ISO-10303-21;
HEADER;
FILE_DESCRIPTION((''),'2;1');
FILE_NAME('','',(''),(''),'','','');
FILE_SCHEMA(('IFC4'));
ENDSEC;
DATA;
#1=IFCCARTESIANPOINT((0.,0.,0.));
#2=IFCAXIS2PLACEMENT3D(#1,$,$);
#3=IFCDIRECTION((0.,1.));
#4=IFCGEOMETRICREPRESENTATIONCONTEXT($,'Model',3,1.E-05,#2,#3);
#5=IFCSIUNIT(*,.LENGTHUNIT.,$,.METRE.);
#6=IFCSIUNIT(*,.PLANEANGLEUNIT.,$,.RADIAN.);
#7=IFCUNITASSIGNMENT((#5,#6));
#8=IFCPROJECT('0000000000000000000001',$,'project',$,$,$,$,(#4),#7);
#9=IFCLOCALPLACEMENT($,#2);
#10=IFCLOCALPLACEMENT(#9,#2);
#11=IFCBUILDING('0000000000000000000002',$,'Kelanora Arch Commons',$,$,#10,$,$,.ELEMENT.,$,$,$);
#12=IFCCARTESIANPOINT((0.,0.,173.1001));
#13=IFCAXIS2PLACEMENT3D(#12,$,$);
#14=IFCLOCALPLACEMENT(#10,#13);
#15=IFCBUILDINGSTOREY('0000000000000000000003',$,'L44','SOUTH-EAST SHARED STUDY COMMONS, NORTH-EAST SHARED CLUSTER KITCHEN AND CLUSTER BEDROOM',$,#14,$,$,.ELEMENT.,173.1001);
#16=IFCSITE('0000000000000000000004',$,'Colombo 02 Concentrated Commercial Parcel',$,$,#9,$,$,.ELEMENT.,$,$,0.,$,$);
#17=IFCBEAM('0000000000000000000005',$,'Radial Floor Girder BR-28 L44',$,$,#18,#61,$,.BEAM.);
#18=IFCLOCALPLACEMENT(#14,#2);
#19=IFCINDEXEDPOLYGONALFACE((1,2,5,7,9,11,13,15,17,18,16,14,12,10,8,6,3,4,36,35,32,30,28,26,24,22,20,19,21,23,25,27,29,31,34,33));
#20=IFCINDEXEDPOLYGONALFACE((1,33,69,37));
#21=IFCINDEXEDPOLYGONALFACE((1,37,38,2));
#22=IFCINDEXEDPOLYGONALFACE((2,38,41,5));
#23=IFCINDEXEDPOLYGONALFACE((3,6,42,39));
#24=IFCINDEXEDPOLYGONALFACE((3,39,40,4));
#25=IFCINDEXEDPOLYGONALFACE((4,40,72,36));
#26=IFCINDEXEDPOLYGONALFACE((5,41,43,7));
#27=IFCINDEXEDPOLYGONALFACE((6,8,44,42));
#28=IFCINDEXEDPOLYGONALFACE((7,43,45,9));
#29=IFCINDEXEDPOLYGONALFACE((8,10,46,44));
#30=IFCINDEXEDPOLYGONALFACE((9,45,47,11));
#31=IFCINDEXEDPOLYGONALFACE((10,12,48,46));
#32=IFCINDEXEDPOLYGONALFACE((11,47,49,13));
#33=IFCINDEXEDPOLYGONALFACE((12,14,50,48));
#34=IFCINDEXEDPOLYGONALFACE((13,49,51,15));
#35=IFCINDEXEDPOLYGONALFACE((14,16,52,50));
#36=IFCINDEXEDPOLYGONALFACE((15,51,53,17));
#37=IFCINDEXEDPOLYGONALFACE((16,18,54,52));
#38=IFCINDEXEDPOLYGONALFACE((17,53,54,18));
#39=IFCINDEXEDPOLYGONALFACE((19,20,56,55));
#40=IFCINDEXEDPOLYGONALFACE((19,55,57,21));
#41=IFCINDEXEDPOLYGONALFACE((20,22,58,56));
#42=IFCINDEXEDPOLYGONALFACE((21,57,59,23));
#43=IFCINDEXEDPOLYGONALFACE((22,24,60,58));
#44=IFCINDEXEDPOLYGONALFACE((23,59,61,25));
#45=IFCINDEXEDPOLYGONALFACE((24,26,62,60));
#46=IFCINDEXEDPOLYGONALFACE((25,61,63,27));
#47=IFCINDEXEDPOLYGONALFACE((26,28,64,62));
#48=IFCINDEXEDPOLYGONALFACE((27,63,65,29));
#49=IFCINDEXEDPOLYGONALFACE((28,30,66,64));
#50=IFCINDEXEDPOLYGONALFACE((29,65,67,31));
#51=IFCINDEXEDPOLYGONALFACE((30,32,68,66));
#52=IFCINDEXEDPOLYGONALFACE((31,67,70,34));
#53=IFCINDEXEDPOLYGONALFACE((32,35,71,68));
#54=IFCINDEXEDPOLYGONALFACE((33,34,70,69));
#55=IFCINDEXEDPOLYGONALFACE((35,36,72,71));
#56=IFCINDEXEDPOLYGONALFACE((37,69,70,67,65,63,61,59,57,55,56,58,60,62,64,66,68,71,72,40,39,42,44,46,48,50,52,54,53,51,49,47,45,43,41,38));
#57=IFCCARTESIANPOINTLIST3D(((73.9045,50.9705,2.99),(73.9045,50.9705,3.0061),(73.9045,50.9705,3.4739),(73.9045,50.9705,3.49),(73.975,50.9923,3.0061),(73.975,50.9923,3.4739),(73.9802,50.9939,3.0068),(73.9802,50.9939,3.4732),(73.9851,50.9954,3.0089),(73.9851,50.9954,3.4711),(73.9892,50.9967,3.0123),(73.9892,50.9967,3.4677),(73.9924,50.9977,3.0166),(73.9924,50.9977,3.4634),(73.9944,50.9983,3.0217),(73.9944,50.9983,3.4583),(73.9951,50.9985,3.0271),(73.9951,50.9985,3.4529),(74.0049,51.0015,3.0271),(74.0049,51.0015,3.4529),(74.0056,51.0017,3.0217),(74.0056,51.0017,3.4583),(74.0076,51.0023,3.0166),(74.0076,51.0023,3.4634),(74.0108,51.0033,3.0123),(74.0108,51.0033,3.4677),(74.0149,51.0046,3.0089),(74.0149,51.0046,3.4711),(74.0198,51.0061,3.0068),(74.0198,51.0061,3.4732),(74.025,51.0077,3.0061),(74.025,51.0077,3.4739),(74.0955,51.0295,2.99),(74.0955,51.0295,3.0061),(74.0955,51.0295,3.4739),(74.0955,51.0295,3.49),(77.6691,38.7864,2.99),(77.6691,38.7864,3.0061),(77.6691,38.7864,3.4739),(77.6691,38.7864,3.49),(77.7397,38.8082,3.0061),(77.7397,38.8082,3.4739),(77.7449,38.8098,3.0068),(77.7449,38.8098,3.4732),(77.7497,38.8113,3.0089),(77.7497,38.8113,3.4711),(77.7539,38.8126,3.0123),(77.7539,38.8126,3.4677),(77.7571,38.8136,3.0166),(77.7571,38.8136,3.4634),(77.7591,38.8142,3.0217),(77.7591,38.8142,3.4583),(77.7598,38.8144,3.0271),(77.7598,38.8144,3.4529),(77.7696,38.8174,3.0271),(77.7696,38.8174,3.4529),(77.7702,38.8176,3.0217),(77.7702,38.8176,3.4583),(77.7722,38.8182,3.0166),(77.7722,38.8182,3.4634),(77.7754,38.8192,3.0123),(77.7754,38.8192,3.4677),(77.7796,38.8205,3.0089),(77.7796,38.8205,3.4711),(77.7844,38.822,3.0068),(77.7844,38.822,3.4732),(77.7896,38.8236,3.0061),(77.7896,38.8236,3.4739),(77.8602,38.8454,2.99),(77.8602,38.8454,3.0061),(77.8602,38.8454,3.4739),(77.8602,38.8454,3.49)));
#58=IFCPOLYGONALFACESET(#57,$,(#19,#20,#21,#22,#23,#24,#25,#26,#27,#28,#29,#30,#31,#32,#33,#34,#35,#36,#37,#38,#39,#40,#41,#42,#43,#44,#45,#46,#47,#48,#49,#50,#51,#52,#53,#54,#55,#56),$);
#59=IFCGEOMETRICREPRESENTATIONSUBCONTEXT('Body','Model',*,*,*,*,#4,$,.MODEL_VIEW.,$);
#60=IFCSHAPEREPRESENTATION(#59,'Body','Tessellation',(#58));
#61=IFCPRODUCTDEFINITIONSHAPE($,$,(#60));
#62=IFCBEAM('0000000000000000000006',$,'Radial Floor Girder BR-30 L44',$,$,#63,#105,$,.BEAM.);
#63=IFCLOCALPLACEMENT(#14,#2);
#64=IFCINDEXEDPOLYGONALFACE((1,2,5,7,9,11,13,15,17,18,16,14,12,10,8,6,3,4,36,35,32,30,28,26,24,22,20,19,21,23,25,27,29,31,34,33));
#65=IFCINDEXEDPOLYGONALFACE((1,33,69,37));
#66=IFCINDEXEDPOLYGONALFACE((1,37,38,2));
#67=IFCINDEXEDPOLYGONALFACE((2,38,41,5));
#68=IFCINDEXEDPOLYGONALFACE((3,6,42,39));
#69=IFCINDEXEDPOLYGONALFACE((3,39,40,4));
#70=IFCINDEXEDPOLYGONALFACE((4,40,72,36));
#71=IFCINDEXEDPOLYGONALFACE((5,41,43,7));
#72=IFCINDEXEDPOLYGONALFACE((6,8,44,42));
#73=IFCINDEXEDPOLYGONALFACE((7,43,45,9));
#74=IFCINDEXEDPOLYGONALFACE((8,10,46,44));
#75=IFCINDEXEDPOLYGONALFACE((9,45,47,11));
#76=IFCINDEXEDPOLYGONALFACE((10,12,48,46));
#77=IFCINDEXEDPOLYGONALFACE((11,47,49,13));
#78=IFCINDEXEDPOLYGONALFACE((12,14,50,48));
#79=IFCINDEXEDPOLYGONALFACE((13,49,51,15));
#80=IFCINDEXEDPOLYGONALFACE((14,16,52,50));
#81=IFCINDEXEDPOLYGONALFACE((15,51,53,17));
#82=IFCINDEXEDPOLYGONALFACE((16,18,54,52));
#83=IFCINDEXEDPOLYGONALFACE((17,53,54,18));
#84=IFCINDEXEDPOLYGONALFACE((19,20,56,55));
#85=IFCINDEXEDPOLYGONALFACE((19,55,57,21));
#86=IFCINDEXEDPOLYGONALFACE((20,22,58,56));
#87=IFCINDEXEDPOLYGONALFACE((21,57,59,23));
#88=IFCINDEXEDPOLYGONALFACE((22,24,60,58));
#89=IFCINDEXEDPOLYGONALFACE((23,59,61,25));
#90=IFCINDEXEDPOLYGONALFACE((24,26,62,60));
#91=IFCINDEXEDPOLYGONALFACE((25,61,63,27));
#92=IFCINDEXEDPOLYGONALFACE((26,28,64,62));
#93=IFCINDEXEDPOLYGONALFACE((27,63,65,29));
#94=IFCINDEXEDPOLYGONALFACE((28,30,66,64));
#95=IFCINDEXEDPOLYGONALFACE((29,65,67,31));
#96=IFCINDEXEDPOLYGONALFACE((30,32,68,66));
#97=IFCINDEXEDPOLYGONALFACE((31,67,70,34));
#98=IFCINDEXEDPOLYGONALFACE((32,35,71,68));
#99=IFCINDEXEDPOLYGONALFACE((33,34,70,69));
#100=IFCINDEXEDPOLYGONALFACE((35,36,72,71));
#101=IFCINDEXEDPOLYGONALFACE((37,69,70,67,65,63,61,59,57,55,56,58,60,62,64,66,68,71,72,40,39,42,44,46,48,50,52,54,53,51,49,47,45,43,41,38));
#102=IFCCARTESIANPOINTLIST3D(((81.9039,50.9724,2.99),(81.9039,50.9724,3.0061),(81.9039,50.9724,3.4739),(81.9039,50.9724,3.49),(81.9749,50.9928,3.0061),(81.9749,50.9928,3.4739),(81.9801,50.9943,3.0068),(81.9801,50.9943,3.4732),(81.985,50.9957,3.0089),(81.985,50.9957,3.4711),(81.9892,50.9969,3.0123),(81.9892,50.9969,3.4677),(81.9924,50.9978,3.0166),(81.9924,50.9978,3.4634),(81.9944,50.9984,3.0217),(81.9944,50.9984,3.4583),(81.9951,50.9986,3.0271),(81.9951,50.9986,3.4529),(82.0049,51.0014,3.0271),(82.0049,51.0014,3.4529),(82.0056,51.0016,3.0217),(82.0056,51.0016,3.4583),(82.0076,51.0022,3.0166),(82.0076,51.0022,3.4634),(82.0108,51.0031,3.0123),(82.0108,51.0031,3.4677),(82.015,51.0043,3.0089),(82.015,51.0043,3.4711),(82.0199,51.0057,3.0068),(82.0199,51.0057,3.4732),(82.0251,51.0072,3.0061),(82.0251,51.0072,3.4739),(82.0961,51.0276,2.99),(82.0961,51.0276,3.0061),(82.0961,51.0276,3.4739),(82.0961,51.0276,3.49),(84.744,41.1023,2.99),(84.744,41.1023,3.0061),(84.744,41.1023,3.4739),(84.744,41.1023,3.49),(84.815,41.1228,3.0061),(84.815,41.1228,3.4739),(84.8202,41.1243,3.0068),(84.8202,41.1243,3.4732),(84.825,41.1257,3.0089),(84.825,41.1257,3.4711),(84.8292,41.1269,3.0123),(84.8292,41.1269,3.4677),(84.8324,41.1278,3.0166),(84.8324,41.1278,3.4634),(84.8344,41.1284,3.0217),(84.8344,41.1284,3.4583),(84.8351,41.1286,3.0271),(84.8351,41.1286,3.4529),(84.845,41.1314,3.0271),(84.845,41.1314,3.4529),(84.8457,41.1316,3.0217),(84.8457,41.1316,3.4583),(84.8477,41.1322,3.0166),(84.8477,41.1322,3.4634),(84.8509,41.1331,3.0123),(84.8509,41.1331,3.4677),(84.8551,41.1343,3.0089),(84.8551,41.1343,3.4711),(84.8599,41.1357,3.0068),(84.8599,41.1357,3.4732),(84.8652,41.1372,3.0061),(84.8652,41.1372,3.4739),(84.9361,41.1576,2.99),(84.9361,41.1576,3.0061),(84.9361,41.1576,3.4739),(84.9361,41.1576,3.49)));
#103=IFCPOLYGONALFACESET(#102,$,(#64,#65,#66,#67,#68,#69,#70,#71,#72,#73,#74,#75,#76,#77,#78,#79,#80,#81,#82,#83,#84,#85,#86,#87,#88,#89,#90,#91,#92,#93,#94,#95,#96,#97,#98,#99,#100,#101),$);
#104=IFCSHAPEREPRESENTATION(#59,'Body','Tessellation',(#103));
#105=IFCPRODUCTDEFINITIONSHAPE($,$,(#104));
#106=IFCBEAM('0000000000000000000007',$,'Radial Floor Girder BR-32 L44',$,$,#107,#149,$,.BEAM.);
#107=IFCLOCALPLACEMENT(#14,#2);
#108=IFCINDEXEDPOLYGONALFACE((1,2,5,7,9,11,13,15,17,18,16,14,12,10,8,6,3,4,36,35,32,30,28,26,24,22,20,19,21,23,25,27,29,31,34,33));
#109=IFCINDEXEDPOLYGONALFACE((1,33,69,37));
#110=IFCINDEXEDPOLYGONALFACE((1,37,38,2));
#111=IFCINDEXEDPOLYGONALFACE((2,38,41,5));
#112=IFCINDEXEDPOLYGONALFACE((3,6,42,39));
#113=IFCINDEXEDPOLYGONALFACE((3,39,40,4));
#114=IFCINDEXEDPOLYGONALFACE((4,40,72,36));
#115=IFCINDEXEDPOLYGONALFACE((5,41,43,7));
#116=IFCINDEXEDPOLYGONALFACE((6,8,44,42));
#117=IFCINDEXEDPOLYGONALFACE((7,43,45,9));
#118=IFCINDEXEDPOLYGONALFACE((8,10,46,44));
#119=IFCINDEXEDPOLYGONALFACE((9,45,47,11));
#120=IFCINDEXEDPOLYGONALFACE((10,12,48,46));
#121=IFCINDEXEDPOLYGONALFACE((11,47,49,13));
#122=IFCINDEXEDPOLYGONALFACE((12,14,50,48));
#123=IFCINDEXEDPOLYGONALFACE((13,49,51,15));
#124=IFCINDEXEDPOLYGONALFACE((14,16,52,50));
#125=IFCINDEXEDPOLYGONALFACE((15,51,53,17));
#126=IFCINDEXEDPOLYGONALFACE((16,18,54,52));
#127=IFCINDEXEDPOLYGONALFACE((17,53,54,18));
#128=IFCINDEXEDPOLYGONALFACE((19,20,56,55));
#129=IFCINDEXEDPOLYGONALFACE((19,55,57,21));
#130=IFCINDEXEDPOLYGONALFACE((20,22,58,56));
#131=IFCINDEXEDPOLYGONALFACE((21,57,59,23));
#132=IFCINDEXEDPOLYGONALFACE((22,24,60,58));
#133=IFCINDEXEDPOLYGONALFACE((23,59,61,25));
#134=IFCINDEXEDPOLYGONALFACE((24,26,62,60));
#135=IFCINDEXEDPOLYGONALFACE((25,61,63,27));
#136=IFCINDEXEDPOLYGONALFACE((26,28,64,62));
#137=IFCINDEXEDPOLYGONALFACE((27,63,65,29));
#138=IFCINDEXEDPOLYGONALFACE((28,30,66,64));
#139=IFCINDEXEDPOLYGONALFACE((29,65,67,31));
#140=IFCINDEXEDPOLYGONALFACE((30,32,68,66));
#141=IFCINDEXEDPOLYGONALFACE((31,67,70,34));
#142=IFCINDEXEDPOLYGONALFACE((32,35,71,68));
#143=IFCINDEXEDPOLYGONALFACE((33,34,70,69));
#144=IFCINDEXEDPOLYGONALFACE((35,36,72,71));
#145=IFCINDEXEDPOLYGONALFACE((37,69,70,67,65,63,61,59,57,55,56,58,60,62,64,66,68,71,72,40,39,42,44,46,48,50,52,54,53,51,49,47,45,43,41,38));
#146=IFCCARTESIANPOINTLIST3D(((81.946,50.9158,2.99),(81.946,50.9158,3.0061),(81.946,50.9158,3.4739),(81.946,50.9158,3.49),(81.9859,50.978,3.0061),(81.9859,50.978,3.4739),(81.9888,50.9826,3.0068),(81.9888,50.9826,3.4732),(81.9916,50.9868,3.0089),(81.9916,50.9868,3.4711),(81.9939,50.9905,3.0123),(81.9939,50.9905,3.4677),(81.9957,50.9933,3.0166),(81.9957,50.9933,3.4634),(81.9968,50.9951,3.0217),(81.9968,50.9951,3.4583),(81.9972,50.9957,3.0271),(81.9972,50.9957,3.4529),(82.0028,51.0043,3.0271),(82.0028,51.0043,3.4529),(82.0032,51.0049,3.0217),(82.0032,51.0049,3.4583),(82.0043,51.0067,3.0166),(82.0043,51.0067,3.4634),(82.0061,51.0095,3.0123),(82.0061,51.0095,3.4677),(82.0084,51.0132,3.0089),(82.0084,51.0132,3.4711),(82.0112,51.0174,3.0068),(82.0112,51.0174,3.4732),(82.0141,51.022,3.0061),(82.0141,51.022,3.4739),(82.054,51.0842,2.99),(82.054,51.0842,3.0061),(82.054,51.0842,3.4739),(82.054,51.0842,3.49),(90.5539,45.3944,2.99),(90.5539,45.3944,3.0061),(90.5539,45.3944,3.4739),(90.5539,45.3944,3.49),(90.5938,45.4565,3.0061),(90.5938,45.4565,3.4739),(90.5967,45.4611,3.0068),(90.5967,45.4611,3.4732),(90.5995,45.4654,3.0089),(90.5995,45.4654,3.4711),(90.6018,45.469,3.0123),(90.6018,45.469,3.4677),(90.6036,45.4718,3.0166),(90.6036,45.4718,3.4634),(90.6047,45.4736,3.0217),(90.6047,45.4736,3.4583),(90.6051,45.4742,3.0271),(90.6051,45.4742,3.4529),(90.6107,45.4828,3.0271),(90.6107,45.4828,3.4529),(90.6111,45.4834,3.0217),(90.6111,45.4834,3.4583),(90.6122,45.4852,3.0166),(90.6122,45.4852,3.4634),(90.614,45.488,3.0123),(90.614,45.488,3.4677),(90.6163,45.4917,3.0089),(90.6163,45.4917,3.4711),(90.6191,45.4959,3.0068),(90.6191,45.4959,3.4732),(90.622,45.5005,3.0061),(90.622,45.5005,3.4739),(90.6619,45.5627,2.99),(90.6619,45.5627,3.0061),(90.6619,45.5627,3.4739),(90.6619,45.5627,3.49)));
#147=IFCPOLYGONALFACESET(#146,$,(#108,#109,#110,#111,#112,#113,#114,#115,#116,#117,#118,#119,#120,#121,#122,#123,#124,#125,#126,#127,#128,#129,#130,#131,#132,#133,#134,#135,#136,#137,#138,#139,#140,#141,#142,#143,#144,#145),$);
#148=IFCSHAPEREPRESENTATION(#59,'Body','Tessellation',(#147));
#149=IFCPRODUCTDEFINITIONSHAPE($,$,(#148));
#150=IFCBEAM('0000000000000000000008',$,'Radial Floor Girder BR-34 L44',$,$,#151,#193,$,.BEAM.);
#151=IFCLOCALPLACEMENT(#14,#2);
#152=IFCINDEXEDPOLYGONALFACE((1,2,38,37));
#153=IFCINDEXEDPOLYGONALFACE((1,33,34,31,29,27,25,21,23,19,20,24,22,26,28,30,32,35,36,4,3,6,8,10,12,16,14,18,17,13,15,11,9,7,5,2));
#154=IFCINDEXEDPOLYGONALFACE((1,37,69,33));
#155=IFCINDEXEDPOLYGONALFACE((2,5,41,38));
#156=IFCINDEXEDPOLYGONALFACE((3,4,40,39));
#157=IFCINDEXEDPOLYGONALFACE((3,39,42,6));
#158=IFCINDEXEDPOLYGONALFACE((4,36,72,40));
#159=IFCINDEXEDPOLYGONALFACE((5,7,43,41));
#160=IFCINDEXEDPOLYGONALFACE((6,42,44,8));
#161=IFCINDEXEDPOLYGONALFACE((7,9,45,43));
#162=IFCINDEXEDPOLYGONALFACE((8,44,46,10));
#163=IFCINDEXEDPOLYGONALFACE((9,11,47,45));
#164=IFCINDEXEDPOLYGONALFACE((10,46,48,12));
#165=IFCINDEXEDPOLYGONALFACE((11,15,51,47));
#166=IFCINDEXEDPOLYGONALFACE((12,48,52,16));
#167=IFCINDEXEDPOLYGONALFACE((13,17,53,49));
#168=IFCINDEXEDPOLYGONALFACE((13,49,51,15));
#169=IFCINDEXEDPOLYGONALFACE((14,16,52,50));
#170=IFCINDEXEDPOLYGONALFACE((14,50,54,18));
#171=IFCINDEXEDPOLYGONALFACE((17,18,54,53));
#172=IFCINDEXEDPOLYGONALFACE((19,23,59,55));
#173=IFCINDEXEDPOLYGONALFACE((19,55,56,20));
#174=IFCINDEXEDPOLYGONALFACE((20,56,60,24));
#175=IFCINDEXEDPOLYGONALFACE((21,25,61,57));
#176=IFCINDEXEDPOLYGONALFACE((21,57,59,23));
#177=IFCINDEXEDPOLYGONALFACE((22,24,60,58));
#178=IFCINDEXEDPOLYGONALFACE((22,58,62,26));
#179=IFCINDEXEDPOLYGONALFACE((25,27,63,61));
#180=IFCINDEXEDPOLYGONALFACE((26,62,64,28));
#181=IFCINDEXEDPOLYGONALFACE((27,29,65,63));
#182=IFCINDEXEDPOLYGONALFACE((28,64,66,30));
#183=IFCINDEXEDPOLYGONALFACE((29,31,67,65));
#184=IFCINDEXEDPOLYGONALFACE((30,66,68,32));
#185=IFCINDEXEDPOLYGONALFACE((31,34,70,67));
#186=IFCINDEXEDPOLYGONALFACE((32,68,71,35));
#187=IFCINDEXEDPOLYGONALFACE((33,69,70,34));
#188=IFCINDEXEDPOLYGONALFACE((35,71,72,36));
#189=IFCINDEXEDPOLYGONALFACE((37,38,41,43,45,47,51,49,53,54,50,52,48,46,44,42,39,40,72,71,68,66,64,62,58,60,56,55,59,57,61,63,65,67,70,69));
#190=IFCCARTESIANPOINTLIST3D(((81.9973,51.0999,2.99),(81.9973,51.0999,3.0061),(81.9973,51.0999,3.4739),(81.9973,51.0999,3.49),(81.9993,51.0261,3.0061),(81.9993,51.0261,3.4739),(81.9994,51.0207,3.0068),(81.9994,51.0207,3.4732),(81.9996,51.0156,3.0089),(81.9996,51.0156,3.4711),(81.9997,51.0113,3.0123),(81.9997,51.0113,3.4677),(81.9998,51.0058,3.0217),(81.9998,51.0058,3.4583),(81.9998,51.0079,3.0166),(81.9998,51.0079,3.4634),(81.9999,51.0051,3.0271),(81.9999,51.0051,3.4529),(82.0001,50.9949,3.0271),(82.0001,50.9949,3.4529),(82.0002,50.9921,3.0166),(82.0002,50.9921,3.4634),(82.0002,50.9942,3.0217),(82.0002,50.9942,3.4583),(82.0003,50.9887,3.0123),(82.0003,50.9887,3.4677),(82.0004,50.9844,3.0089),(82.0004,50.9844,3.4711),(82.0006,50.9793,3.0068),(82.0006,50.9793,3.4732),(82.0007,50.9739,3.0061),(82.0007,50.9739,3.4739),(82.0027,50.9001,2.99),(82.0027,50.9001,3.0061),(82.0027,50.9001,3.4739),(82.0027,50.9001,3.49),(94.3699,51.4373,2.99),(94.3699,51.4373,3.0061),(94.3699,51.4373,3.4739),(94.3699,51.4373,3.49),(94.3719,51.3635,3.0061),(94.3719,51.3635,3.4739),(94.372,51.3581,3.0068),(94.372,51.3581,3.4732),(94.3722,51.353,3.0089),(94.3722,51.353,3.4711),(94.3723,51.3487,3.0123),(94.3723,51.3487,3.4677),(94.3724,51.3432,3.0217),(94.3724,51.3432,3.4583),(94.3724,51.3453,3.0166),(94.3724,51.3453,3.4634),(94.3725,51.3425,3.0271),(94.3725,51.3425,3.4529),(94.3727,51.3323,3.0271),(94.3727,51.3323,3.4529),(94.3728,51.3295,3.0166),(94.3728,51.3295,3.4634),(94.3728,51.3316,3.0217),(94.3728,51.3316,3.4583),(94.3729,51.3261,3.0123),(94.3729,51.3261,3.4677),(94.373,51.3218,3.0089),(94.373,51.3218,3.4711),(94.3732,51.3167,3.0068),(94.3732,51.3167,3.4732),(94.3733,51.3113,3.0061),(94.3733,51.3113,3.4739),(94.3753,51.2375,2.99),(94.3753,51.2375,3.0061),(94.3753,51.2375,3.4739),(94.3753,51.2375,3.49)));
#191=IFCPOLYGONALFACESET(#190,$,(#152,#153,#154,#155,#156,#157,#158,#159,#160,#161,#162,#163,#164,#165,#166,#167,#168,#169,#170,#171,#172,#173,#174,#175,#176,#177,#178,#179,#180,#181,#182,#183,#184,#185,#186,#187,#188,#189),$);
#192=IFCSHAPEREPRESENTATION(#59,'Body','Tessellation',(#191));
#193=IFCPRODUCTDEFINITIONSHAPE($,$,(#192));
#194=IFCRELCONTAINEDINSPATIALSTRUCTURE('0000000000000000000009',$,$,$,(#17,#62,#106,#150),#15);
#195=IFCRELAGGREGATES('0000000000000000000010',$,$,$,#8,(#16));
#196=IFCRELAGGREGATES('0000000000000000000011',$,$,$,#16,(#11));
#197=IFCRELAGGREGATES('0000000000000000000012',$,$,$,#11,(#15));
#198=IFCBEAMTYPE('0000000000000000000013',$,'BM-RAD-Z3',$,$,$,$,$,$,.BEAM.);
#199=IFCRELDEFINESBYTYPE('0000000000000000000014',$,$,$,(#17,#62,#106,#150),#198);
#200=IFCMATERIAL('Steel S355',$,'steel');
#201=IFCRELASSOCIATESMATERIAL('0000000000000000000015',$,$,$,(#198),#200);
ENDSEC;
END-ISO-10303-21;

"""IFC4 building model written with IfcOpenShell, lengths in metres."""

from ifc_helpers import new_model, si_unit, direction, frame, origin, origin_2d, place, context, subcontext, project, spatial, i_section, extrude, material, material_profile, profile_set, type_object, element, save


model = new_model("IFC4")

# Units and contexts
model_context = context("Model", 3, precision=1e-05, world=origin(), true_north=direction((0.0, 1.0)))
body_context = subcontext(model_context, "Body", "Model", "MODEL_VIEW")
ifc_project = project(units=[si_unit("LENGTHUNIT", "METRE"), si_unit("PLANEANGLEUNIT", "RADIAN")], contexts=[model_context])

# Site, building, storey
site_placement = place(None, origin())
site = spatial("IfcSite", under=ifc_project, at=site_placement, Name="Colombo 02 Concentrated Commercial Parcel", CompositionType="ELEMENT", RefElevation=0.0)
building_placement = place(site_placement, origin())
building = spatial("IfcBuilding", under=site, at=building_placement, Name="Kelanora Arch Commons", CompositionType="ELEMENT")
storey_placement = place(building_placement, frame((0.0, 0.0, 173.1001)))
storey = spatial("IfcBuildingStorey", under=building, at=storey_placement, Name="L44", Description="SOUTH-EAST SHARED STUDY COMMONS, NORTH-EAST SHARED CLUSTER KITCHEN AND CLUSTER BEDROOM", CompositionType="ELEMENT", Elevation=173.1001)

# Beams
ifc_material_1 = material(Name="Steel S355", Category="steel")
ifc_material_profile_1 = material_profile(ifc_material_1, i_section(OverallWidth=0.2, OverallDepth=0.5, WebThickness=0.0103, FlangeThickness=0.0161, FilletRadius=0.021, at=origin_2d()), Name="IPE500")
ifc_profile_set_1 = profile_set([ifc_material_profile_1], Name="Steel S355")
beam_type_1 = type_object("IfcBeamType", Name="BM-RAD-Z3", PredefinedType="BEAM", material=ifc_profile_set_1)
for number, where, z_axis, x_axis, name in (
    (1, (74.0, 51.0, 3.24), (0.29521, -0.955432, 0.0), (0.955432, 0.29521, 0.0), "Radial Floor Girder BR-28 L44"),
):
    element("IfcBeam", number, at=place(storey_placement, frame(where, z_axis=z_axis, x_axis=x_axis)), inside=storey, type_object=beam_type_1, Name=name, PredefinedType="BEAM", context=body_context, shape_type="SweptSolid", body=[
        extrude(i_section(OverallWidth=0.2, OverallDepth=0.5, WebThickness=0.0103, FlangeThickness=0.0161, FilletRadius=0.021, at=origin_2d()), origin(), (0.0, 0.0, 1.0), 12.7524),
    ])
beam_1_placement = place(storey_placement, frame((82.0, 51.0, 3.24), z_axis=(0.276526, -0.961006, 0.0), x_axis=(0.961006, 0.276526, 0.0)))
element("IfcBeam", 2, at=beam_1_placement, inside=storey, type_object=beam_type_1, Name="Radial Floor Girder BR-30 L44", PredefinedType="BEAM", context=body_context, shape_type="SweptSolid", body=[
    extrude(i_section(OverallWidth=0.2, OverallDepth=0.5, WebThickness=0.0103, FlangeThickness=0.0161, FilletRadius=0.021, at=origin_2d()), origin(), (0.0, 0.0, 1.0), 10.2705),
])
beam_2_placement = place(storey_placement, frame((82.0, 51.0, 3.24), z_axis=(0.841719, -0.539915, 0.0), x_axis=(0.539915, 0.841719, 0.0)))
element("IfcBeam", 3, at=beam_2_placement, inside=storey, type_object=beam_type_1, Name="Radial Floor Girder BR-32 L44", PredefinedType="BEAM", context=body_context, shape_type="SweptSolid", body=[
    extrude(i_section(OverallWidth=0.2, OverallDepth=0.5, WebThickness=0.0103, FlangeThickness=0.0161, FilletRadius=0.021, at=origin_2d()), origin(), (0.0, 0.0, 1.0), 10.2266),
])
beam_3_placement = place(storey_placement, frame((82.0, 51.0, 3.24), z_axis=(0.999628, 0.02726, 0.0), x_axis=(-0.02726, 0.999628, 0.0)))
element("IfcBeam", 4, at=beam_3_placement, inside=storey, type_object=beam_type_1, Name="Radial Floor Girder BR-34 L44", PredefinedType="BEAM", context=body_context, shape_type="SweptSolid", body=[
    extrude(i_section(OverallWidth=0.2, OverallDepth=0.5, WebThickness=0.0103, FlangeThickness=0.0161, FilletRadius=0.021, at=origin_2d()), origin(), (0.0, 0.0, 1.0), 12.3772),
])

save(model, "model.ifc")
